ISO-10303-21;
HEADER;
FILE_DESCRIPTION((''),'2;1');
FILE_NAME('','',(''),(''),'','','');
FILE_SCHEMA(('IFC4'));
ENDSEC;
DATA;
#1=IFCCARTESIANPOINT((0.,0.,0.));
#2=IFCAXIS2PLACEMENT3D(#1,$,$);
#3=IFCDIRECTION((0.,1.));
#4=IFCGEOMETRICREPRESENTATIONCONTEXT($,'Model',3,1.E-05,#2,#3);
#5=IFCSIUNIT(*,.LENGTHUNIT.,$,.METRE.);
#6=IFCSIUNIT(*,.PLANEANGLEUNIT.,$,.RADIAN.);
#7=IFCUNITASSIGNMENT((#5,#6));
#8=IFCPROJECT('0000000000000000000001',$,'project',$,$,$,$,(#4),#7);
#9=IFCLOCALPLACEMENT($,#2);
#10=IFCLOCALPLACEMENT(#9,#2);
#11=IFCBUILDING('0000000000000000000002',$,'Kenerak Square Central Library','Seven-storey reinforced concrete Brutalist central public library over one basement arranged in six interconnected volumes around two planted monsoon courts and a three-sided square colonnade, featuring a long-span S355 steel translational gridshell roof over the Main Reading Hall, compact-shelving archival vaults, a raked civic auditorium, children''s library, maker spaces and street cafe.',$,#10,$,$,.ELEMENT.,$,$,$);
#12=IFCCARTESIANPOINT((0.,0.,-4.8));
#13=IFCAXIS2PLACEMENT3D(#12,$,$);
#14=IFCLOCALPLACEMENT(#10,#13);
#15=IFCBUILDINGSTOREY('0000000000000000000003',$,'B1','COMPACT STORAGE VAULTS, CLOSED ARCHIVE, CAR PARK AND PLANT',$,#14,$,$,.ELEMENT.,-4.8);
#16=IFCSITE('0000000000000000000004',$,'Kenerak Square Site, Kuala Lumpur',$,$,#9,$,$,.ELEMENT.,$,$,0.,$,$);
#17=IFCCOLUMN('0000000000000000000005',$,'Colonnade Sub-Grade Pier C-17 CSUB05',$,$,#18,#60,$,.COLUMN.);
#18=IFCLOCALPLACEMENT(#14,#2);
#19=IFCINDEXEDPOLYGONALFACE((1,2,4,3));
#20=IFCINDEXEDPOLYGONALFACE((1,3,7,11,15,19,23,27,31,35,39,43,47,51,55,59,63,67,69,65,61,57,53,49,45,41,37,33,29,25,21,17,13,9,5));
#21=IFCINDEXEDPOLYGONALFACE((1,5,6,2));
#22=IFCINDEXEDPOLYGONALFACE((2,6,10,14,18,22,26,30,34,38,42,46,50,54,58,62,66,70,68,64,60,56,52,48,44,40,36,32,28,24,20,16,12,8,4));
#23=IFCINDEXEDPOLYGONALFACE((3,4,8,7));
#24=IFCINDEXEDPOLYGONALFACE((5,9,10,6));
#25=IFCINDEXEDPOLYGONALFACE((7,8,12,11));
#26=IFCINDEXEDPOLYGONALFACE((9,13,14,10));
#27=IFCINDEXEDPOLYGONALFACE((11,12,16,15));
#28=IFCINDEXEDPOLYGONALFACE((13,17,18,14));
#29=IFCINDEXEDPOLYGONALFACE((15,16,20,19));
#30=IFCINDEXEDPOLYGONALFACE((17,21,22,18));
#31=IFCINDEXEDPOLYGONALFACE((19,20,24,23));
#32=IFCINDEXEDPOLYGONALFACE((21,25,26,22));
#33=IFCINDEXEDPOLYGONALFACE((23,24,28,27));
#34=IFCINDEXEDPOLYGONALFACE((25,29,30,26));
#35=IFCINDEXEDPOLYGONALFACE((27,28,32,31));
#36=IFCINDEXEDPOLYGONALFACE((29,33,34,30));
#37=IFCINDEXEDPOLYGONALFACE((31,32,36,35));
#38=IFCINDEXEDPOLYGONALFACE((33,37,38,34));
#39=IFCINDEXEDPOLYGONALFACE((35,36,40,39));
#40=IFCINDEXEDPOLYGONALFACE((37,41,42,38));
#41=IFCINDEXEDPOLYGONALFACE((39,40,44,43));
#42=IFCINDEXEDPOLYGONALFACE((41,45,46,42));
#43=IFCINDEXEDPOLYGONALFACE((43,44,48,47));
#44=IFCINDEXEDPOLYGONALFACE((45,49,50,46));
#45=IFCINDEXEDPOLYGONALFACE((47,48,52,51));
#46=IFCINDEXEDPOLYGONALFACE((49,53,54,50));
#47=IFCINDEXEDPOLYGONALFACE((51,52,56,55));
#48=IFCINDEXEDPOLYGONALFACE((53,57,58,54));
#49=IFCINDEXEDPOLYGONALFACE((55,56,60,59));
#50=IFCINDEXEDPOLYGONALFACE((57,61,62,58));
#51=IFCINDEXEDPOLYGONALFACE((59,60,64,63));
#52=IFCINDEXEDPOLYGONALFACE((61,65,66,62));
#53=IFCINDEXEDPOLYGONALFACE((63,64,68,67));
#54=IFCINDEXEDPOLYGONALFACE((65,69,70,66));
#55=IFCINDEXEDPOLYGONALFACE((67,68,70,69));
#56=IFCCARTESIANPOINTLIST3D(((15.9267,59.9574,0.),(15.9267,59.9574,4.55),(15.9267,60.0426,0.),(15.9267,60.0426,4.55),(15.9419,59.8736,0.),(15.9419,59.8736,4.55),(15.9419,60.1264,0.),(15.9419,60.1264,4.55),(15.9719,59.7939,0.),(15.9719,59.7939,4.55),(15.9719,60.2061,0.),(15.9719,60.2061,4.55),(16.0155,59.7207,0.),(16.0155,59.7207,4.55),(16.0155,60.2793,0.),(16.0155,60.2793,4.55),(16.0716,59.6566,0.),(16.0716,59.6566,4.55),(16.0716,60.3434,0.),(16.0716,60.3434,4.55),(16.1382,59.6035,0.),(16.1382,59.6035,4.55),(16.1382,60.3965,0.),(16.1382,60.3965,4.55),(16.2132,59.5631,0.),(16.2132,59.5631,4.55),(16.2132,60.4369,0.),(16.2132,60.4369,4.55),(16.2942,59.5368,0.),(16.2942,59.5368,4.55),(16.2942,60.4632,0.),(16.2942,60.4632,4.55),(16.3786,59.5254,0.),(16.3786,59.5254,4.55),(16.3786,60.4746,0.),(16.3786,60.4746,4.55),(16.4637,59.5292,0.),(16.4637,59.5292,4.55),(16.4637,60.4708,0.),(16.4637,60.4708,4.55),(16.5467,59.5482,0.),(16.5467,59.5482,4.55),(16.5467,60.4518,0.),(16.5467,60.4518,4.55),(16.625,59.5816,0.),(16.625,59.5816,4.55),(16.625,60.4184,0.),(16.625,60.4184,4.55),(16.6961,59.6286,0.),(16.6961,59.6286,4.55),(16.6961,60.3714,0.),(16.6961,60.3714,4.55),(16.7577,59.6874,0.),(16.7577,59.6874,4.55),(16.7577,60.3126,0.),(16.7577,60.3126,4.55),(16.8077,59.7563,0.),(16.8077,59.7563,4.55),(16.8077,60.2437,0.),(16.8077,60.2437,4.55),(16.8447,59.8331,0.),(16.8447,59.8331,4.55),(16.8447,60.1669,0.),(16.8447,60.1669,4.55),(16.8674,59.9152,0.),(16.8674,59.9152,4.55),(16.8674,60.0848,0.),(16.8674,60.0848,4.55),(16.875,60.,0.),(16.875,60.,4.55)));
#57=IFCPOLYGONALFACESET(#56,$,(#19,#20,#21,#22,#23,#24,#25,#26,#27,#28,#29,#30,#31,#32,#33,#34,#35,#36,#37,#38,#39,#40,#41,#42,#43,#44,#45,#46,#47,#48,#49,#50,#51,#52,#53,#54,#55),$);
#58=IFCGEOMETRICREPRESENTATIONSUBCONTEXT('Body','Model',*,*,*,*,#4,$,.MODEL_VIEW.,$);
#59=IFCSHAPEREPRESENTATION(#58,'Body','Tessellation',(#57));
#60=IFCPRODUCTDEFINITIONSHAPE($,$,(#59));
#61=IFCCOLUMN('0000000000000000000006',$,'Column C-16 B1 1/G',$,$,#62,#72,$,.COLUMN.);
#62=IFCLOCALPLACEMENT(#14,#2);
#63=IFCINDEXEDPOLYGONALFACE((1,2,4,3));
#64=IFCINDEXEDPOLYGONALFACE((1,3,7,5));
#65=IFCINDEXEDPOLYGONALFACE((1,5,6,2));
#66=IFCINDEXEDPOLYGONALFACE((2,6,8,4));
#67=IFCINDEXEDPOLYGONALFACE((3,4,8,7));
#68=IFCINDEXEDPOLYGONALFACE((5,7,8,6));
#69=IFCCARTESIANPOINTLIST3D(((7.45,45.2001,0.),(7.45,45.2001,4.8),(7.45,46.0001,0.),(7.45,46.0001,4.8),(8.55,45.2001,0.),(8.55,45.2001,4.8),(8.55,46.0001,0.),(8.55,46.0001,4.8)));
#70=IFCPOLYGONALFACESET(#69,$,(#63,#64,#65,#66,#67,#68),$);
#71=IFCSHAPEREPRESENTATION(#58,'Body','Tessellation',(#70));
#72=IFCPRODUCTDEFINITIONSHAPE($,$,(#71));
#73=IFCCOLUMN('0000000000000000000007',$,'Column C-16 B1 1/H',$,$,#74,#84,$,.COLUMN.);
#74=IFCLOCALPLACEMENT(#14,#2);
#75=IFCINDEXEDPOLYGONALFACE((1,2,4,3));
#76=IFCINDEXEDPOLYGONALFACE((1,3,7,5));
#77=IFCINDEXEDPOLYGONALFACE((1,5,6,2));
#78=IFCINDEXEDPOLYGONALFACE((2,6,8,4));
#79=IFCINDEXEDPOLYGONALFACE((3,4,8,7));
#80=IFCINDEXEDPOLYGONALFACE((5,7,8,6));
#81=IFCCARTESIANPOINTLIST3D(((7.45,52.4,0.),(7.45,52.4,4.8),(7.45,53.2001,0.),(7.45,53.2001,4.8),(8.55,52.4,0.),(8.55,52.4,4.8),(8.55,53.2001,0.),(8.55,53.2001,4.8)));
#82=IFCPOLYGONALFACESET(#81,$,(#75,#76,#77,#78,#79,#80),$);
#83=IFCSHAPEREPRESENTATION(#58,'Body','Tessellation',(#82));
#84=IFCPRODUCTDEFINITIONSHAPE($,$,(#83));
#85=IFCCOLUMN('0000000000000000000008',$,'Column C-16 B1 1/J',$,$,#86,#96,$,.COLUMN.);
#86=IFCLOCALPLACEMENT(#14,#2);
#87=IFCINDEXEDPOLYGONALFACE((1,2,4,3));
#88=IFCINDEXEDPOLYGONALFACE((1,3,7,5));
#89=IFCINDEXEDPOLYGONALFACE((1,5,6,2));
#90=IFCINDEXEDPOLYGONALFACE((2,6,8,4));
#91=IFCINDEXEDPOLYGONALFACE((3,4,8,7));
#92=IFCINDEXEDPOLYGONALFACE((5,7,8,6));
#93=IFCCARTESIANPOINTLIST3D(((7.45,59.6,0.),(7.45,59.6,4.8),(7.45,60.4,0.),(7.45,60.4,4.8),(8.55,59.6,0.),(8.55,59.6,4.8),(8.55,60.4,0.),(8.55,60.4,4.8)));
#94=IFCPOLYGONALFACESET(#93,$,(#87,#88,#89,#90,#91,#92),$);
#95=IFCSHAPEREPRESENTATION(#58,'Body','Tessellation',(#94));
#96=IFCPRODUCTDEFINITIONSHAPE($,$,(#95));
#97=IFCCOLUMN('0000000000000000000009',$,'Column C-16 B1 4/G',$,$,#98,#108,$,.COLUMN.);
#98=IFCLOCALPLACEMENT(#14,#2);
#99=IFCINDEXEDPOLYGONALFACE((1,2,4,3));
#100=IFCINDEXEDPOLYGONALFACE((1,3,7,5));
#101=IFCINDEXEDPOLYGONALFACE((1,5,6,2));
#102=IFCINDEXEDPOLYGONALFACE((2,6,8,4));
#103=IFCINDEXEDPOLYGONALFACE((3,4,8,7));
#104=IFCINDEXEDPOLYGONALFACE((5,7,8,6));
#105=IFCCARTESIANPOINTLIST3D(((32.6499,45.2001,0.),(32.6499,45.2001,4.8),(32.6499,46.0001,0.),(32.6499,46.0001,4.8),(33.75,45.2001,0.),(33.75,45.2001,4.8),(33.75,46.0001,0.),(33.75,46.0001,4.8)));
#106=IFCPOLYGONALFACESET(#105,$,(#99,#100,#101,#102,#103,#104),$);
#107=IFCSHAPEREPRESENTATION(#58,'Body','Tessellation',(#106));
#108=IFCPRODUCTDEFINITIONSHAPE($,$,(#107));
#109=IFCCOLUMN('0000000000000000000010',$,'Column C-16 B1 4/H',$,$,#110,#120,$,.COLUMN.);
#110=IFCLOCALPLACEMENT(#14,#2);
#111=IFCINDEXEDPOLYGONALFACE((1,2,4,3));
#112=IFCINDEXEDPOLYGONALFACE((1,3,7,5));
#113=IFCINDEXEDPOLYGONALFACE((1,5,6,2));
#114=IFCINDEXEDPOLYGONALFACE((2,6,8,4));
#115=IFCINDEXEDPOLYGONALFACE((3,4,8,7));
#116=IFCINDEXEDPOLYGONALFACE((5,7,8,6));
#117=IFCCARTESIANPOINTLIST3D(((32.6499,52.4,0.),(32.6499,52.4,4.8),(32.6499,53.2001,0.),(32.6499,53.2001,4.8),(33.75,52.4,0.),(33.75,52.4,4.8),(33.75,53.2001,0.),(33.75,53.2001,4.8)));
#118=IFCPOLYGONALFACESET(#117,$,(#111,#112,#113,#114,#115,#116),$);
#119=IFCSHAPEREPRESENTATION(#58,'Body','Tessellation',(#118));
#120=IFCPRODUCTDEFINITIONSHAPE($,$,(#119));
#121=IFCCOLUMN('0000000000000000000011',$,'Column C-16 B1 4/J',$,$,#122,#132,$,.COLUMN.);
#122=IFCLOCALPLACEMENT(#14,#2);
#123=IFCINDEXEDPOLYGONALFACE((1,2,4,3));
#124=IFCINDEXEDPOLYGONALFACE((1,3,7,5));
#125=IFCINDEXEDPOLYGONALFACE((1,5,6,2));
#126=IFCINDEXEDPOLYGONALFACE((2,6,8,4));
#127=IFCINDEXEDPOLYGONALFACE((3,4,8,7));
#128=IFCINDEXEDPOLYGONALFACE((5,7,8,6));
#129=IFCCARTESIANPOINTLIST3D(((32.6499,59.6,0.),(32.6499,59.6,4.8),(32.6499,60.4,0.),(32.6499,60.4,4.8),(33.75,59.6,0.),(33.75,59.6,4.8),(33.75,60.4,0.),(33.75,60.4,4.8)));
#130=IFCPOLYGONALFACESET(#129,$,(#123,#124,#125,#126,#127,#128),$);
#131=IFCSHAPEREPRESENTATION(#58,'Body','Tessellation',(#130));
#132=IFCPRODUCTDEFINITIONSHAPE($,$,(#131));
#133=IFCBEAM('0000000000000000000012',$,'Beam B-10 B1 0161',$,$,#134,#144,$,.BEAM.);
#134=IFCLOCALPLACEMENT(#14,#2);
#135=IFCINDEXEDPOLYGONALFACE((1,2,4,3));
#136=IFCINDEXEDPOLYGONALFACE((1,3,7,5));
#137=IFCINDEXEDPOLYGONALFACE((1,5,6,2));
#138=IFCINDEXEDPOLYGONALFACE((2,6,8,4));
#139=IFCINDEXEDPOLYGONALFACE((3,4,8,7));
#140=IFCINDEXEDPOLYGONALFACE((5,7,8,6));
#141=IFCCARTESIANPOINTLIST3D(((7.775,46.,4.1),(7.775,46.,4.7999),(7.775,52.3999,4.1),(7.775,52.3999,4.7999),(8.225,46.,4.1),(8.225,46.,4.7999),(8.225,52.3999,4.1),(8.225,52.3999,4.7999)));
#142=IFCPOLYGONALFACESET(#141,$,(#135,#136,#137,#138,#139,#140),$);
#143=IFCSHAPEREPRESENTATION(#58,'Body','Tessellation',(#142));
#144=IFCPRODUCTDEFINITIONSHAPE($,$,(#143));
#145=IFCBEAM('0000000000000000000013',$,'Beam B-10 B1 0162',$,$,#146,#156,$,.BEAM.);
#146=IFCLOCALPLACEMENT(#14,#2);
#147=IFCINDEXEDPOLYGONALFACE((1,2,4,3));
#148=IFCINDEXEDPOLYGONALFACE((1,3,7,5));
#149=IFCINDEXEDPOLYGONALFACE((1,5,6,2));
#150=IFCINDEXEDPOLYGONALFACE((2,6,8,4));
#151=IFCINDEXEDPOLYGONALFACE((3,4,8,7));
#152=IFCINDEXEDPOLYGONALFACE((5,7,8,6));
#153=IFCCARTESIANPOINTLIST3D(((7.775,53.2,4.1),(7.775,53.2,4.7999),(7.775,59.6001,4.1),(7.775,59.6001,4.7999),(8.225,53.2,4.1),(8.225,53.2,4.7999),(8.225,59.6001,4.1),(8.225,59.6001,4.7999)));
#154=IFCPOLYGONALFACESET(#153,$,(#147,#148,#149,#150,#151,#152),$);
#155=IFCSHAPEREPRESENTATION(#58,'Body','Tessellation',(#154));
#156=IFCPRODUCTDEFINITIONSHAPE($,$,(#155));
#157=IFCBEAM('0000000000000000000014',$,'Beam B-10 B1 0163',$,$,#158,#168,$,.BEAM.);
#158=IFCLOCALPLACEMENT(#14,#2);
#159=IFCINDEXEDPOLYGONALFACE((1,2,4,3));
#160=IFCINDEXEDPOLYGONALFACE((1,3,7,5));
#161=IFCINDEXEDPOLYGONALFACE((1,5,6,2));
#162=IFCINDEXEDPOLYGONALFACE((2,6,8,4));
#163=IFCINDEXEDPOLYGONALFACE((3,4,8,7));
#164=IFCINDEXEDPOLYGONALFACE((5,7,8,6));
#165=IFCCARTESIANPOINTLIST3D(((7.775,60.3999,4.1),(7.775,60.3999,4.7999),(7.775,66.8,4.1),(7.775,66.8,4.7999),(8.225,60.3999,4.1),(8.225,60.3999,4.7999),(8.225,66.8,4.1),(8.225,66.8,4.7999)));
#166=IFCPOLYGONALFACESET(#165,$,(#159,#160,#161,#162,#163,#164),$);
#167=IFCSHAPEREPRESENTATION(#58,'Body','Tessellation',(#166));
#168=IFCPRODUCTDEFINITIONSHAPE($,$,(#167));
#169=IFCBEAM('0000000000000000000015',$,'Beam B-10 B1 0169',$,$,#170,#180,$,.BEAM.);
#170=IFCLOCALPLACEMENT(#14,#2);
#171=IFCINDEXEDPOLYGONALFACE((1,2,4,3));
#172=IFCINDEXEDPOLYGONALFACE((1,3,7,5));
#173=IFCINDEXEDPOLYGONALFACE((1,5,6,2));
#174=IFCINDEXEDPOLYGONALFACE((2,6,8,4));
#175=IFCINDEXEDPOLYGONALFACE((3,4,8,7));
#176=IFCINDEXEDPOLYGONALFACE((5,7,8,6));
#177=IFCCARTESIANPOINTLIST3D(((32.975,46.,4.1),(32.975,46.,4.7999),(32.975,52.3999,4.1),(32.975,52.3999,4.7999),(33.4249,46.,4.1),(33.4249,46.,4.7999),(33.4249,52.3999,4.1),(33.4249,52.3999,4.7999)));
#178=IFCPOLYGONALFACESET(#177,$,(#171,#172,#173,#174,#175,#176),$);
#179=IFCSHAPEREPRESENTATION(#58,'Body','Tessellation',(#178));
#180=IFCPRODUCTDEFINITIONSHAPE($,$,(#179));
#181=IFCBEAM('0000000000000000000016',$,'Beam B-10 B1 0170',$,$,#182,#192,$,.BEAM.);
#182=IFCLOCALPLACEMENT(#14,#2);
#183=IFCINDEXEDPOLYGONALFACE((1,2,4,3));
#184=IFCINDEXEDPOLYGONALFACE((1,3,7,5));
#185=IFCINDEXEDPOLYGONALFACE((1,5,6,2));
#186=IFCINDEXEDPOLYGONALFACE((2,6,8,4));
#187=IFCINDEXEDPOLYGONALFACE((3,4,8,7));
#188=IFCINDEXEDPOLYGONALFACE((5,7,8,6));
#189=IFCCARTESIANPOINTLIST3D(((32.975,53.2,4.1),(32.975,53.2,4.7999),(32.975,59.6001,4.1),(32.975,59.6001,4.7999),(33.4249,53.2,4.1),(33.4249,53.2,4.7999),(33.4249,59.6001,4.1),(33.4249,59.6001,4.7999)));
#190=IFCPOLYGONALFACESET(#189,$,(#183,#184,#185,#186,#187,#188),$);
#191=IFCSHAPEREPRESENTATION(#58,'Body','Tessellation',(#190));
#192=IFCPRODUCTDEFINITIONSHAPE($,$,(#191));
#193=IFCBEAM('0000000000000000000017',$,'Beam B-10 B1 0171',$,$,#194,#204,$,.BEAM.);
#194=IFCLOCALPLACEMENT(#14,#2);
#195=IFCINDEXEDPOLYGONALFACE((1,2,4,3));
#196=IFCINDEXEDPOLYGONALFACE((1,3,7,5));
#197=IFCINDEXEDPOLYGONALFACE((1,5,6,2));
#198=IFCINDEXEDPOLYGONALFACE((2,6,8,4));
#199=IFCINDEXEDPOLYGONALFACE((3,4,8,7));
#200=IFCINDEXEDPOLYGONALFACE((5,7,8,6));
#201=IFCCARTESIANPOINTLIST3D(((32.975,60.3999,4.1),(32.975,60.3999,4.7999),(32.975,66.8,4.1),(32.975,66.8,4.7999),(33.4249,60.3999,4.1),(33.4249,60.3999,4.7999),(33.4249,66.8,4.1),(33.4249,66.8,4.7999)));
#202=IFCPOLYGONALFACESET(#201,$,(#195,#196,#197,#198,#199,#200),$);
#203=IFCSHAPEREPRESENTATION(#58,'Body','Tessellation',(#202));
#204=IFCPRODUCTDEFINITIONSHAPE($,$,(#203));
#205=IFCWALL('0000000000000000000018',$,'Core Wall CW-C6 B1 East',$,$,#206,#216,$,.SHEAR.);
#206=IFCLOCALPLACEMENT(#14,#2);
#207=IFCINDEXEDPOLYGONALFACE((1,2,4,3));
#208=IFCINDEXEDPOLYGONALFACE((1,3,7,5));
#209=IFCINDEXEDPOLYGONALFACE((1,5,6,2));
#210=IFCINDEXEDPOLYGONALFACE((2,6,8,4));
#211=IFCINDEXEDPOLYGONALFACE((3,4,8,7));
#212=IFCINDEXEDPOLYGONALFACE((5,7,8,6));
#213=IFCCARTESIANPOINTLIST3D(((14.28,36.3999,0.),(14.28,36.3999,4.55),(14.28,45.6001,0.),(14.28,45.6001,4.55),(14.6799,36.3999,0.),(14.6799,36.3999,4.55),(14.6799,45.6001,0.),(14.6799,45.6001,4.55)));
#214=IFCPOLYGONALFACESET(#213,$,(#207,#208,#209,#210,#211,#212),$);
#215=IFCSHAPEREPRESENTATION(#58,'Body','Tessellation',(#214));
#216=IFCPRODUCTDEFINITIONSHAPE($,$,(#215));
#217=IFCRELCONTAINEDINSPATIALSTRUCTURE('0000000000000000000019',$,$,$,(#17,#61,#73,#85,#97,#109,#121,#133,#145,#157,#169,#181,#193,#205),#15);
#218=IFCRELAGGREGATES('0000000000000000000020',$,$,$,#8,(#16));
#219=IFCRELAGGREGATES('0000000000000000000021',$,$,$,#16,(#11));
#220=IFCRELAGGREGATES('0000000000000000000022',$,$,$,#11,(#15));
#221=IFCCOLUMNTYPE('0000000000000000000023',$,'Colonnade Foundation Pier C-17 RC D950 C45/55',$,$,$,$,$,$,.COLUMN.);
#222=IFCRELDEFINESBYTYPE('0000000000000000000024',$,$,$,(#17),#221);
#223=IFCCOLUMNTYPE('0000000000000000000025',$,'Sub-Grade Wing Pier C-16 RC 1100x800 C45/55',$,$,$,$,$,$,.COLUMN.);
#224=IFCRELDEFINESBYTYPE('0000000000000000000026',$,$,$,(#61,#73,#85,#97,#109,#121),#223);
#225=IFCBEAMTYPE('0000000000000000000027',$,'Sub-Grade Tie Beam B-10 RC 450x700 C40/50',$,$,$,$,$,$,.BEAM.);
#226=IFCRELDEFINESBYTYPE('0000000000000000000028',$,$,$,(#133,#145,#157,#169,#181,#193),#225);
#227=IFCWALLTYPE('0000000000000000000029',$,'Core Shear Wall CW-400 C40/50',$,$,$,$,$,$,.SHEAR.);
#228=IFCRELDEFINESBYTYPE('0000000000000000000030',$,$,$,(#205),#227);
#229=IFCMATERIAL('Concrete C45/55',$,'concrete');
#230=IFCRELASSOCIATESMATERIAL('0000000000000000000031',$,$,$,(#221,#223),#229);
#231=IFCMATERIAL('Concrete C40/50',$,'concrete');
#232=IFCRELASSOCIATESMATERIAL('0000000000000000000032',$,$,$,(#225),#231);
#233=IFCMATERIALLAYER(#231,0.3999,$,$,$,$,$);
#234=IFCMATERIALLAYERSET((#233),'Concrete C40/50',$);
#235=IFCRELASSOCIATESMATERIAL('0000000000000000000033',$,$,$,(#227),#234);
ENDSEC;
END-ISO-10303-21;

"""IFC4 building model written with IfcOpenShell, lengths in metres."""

from ifc_helpers import new_model, si_unit, direction, frame, frame_2d, origin, origin_2d, place, context, subcontext, project, spatial, rectangle, circle, extrude, material, layer, layer_set, material_profile, profile_set, type_object, element, save


model = new_model("IFC4")

# Units and contexts
model_context = context("Model", 3, precision=1e-05, world=origin(), true_north=direction((0.0, 1.0)))
body_context = subcontext(model_context, "Body", "Model", "MODEL_VIEW")
ifc_project = project(units=[si_unit("LENGTHUNIT", "METRE"), si_unit("PLANEANGLEUNIT", "RADIAN")], contexts=[model_context])

# Site, building, storey
site_placement = place(None, origin())
site = spatial("IfcSite", under=ifc_project, at=site_placement, Name="Kenerak Square Site, Kuala Lumpur", CompositionType="ELEMENT", RefElevation=0.0)
building_placement = place(site_placement, origin())
building = spatial("IfcBuilding", under=site, at=building_placement, Name="Kenerak Square Central Library", Description="Seven-storey reinforced concrete Brutalist central public library over one basement arranged in six interconnected volumes around two planted monsoon courts and a three-sided square colonnade, featuring a long-span S355 steel translational gridshell roof over the Main Reading Hall, compact-shelving archival vaults, a raked civic auditorium, children's library, maker spaces and street cafe.", CompositionType="ELEMENT")
storey_placement = place(building_placement, frame((0.0, 0.0, -4.8)))
storey = spatial("IfcBuildingStorey", under=building, at=storey_placement, Name="B1", Description="COMPACT STORAGE VAULTS, CLOSED ARCHIVE, CAR PARK AND PLANT", CompositionType="ELEMENT", Elevation=-4.8)

# Shared definitions
ifc_material_1 = material(Name="Concrete C40/50", Category="concrete")

# Columns
ifc_material_2 = material(Name="Concrete C45/55", Category="concrete")
ifc_material_profile_1 = material_profile(ifc_material_2, circle(Radius=0.4751, at=origin_2d()), Name="RC D950")
ifc_profile_set_1 = profile_set([ifc_material_profile_1], Name="Concrete C45/55")
column_type_1 = type_object("IfcColumnType", Name="Colonnade Foundation Pier C-17 RC D950 C45/55", PredefinedType="COLUMN", material=ifc_profile_set_1)
column_placement = place(storey_placement, frame((16.3999, 60.0, 0.0), z_axis=(0.0, 0.0, 1.0), x_axis=(1.0, 0.0, 0.0)))
element("IfcColumn", 1, at=column_placement, inside=storey, type_object=column_type_1, Name="Colonnade Sub-Grade Pier C-17 CSUB05", PredefinedType="COLUMN", context=body_context, shape_type="SweptSolid", body=[
    extrude(circle(Radius=0.4751, at=origin_2d()), origin(), (0.0, 0.0, 1.0), 4.55),
])
ifc_material_profile_2 = material_profile(ifc_material_2, rectangle(XDim=1.1001, YDim=0.8, at=origin_2d()), Name="RC 1100x800")
ifc_profile_set_2 = profile_set([ifc_material_profile_2], Name="Concrete C45/55")
column_type_2 = type_object("IfcColumnType", Name="Sub-Grade Wing Pier C-16 RC 1100x800 C45/55", PredefinedType="COLUMN", material=ifc_profile_set_2)
for number, where, z_axis, x_axis, name in (
    (2, (8.0, 45.6001, 0.0), (0.0, 0.0, 1.0), (1.0, 0.0, 0.0), "Column C-16 B1 1/G"),
    (3, (8.0, 52.8, 0.0), (0.0, 0.0, 1.0), (1.0, 0.0, 0.0), "Column C-16 B1 1/H"),
    (4, (8.0, 60.0, 0.0), (0.0, 0.0, 1.0), (1.0, 0.0, 0.0), "Column C-16 B1 1/J"),
    (5, (33.2, 45.6001, 0.0), (0.0, 0.0, 1.0), (1.0, 0.0, 0.0), "Column C-16 B1 4/G"),
    (6, (33.2, 52.8, 0.0), (0.0, 0.0, 1.0), (1.0, 0.0, 0.0), "Column C-16 B1 4/H"),
    (7, (33.2, 60.0, 0.0), (0.0, 0.0, 1.0), (1.0, 0.0, 0.0), "Column C-16 B1 4/J"),
):
    element("IfcColumn", number, at=place(storey_placement, frame(where, z_axis=z_axis, x_axis=x_axis)), inside=storey, type_object=column_type_2, Name=name, PredefinedType="COLUMN", context=body_context, shape_type="SweptSolid", body=[
        extrude(rectangle(XDim=1.1001, YDim=0.8, at=origin_2d()), origin(), (0.0, 0.0, 1.0), 4.8),
    ])

# Beams
ifc_material_profile_3 = material_profile(ifc_material_1, rectangle(XDim=0.45, YDim=0.7, at=origin_2d()), Name="RC 450x700")
ifc_profile_set_3 = profile_set([ifc_material_profile_3], Name="Concrete C40/50")
beam_type = type_object("IfcBeamType", Name="Sub-Grade Tie Beam B-10 RC 450x700 C40/50", PredefinedType="BEAM", material=ifc_profile_set_3)
beam_1_placement = place(storey_placement, frame((8.0, 46.0, 4.45), z_axis=(0.0, 1.0, 0.0), x_axis=(-1.0, 0.0, 0.0)))
element("IfcBeam", 8, at=beam_1_placement, inside=storey, type_object=beam_type, Name="Beam B-10 B1 0161", PredefinedType="BEAM", context=body_context, shape_type="SweptSolid", body=[
    extrude(rectangle(XDim=0.45, YDim=0.7, at=origin_2d()), origin(), (0.0, 0.0, 1.0), 6.3999),
])
for number, where, z_axis, x_axis, name in (
    (9, (8.0, 53.2, 4.45), (0.0, 1.0, 0.0), (-1.0, 0.0, 0.0), "Beam B-10 B1 0162"),
    (10, (8.0, 60.3999, 4.45), (0.0, 1.0, 0.0), (-1.0, 0.0, 0.0), "Beam B-10 B1 0163"),
):
    element("IfcBeam", number, at=place(storey_placement, frame(where, z_axis=z_axis, x_axis=x_axis)), inside=storey, type_object=beam_type, Name=name, PredefinedType="BEAM", context=body_context, shape_type="SweptSolid", body=[
        extrude(rectangle(XDim=0.45, YDim=0.7, at=origin_2d()), origin(), (0.0, 0.0, 1.0), 6.4001),
    ])
beam_2_placement = place(storey_placement, frame((33.2, 46.0, 4.45), z_axis=(0.0, 1.0, 0.0), x_axis=(-1.0, 0.0, 0.0)))
element("IfcBeam", 11, at=beam_2_placement, inside=storey, type_object=beam_type, Name="Beam B-10 B1 0169", PredefinedType="BEAM", context=body_context, shape_type="SweptSolid", body=[
    extrude(rectangle(XDim=0.45, YDim=0.7, at=origin_2d()), origin(), (0.0, 0.0, 1.0), 6.3999),
])
for number, where, z_axis, x_axis, name in (
    (12, (33.2, 53.2, 4.45), (0.0, 1.0, 0.0), (-1.0, 0.0, 0.0), "Beam B-10 B1 0170"),
    (13, (33.2, 60.3999, 4.45), (0.0, 1.0, 0.0), (-1.0, 0.0, 0.0), "Beam B-10 B1 0171"),
):
    element("IfcBeam", number, at=place(storey_placement, frame(where, z_axis=z_axis, x_axis=x_axis)), inside=storey, type_object=beam_type, Name=name, PredefinedType="BEAM", context=body_context, shape_type="SweptSolid", body=[
        extrude(rectangle(XDim=0.45, YDim=0.7, at=origin_2d()), origin(), (0.0, 0.0, 1.0), 6.4001),
    ])

# Wall
ifc_layer = layer(ifc_material_1, 0.3999)
ifc_layer_set = layer_set([ifc_layer], Name="Concrete C40/50")
wall_type = type_object("IfcWallType", Name="Core Shear Wall CW-400 C40/50", PredefinedType="SHEAR", material=ifc_layer_set)
wall_placement = place(storey_placement, frame((14.48, 45.6001, 0.0), z_axis=(0.0, 0.0, 1.0), x_axis=(0.0, -1.0, 0.0)))
element("IfcWall", 14, at=wall_placement, inside=storey, type_object=wall_type, Name="Core Wall CW-C6 B1 East", PredefinedType="SHEAR", context=body_context, shape_type="SweptSolid", body=[
    extrude(rectangle(XDim=9.2002, YDim=0.3999, at=frame_2d((4.6001, 0.0))), origin(), (0.0, 0.0, 1.0), 4.55),
])

save(model, "model.ifc")
